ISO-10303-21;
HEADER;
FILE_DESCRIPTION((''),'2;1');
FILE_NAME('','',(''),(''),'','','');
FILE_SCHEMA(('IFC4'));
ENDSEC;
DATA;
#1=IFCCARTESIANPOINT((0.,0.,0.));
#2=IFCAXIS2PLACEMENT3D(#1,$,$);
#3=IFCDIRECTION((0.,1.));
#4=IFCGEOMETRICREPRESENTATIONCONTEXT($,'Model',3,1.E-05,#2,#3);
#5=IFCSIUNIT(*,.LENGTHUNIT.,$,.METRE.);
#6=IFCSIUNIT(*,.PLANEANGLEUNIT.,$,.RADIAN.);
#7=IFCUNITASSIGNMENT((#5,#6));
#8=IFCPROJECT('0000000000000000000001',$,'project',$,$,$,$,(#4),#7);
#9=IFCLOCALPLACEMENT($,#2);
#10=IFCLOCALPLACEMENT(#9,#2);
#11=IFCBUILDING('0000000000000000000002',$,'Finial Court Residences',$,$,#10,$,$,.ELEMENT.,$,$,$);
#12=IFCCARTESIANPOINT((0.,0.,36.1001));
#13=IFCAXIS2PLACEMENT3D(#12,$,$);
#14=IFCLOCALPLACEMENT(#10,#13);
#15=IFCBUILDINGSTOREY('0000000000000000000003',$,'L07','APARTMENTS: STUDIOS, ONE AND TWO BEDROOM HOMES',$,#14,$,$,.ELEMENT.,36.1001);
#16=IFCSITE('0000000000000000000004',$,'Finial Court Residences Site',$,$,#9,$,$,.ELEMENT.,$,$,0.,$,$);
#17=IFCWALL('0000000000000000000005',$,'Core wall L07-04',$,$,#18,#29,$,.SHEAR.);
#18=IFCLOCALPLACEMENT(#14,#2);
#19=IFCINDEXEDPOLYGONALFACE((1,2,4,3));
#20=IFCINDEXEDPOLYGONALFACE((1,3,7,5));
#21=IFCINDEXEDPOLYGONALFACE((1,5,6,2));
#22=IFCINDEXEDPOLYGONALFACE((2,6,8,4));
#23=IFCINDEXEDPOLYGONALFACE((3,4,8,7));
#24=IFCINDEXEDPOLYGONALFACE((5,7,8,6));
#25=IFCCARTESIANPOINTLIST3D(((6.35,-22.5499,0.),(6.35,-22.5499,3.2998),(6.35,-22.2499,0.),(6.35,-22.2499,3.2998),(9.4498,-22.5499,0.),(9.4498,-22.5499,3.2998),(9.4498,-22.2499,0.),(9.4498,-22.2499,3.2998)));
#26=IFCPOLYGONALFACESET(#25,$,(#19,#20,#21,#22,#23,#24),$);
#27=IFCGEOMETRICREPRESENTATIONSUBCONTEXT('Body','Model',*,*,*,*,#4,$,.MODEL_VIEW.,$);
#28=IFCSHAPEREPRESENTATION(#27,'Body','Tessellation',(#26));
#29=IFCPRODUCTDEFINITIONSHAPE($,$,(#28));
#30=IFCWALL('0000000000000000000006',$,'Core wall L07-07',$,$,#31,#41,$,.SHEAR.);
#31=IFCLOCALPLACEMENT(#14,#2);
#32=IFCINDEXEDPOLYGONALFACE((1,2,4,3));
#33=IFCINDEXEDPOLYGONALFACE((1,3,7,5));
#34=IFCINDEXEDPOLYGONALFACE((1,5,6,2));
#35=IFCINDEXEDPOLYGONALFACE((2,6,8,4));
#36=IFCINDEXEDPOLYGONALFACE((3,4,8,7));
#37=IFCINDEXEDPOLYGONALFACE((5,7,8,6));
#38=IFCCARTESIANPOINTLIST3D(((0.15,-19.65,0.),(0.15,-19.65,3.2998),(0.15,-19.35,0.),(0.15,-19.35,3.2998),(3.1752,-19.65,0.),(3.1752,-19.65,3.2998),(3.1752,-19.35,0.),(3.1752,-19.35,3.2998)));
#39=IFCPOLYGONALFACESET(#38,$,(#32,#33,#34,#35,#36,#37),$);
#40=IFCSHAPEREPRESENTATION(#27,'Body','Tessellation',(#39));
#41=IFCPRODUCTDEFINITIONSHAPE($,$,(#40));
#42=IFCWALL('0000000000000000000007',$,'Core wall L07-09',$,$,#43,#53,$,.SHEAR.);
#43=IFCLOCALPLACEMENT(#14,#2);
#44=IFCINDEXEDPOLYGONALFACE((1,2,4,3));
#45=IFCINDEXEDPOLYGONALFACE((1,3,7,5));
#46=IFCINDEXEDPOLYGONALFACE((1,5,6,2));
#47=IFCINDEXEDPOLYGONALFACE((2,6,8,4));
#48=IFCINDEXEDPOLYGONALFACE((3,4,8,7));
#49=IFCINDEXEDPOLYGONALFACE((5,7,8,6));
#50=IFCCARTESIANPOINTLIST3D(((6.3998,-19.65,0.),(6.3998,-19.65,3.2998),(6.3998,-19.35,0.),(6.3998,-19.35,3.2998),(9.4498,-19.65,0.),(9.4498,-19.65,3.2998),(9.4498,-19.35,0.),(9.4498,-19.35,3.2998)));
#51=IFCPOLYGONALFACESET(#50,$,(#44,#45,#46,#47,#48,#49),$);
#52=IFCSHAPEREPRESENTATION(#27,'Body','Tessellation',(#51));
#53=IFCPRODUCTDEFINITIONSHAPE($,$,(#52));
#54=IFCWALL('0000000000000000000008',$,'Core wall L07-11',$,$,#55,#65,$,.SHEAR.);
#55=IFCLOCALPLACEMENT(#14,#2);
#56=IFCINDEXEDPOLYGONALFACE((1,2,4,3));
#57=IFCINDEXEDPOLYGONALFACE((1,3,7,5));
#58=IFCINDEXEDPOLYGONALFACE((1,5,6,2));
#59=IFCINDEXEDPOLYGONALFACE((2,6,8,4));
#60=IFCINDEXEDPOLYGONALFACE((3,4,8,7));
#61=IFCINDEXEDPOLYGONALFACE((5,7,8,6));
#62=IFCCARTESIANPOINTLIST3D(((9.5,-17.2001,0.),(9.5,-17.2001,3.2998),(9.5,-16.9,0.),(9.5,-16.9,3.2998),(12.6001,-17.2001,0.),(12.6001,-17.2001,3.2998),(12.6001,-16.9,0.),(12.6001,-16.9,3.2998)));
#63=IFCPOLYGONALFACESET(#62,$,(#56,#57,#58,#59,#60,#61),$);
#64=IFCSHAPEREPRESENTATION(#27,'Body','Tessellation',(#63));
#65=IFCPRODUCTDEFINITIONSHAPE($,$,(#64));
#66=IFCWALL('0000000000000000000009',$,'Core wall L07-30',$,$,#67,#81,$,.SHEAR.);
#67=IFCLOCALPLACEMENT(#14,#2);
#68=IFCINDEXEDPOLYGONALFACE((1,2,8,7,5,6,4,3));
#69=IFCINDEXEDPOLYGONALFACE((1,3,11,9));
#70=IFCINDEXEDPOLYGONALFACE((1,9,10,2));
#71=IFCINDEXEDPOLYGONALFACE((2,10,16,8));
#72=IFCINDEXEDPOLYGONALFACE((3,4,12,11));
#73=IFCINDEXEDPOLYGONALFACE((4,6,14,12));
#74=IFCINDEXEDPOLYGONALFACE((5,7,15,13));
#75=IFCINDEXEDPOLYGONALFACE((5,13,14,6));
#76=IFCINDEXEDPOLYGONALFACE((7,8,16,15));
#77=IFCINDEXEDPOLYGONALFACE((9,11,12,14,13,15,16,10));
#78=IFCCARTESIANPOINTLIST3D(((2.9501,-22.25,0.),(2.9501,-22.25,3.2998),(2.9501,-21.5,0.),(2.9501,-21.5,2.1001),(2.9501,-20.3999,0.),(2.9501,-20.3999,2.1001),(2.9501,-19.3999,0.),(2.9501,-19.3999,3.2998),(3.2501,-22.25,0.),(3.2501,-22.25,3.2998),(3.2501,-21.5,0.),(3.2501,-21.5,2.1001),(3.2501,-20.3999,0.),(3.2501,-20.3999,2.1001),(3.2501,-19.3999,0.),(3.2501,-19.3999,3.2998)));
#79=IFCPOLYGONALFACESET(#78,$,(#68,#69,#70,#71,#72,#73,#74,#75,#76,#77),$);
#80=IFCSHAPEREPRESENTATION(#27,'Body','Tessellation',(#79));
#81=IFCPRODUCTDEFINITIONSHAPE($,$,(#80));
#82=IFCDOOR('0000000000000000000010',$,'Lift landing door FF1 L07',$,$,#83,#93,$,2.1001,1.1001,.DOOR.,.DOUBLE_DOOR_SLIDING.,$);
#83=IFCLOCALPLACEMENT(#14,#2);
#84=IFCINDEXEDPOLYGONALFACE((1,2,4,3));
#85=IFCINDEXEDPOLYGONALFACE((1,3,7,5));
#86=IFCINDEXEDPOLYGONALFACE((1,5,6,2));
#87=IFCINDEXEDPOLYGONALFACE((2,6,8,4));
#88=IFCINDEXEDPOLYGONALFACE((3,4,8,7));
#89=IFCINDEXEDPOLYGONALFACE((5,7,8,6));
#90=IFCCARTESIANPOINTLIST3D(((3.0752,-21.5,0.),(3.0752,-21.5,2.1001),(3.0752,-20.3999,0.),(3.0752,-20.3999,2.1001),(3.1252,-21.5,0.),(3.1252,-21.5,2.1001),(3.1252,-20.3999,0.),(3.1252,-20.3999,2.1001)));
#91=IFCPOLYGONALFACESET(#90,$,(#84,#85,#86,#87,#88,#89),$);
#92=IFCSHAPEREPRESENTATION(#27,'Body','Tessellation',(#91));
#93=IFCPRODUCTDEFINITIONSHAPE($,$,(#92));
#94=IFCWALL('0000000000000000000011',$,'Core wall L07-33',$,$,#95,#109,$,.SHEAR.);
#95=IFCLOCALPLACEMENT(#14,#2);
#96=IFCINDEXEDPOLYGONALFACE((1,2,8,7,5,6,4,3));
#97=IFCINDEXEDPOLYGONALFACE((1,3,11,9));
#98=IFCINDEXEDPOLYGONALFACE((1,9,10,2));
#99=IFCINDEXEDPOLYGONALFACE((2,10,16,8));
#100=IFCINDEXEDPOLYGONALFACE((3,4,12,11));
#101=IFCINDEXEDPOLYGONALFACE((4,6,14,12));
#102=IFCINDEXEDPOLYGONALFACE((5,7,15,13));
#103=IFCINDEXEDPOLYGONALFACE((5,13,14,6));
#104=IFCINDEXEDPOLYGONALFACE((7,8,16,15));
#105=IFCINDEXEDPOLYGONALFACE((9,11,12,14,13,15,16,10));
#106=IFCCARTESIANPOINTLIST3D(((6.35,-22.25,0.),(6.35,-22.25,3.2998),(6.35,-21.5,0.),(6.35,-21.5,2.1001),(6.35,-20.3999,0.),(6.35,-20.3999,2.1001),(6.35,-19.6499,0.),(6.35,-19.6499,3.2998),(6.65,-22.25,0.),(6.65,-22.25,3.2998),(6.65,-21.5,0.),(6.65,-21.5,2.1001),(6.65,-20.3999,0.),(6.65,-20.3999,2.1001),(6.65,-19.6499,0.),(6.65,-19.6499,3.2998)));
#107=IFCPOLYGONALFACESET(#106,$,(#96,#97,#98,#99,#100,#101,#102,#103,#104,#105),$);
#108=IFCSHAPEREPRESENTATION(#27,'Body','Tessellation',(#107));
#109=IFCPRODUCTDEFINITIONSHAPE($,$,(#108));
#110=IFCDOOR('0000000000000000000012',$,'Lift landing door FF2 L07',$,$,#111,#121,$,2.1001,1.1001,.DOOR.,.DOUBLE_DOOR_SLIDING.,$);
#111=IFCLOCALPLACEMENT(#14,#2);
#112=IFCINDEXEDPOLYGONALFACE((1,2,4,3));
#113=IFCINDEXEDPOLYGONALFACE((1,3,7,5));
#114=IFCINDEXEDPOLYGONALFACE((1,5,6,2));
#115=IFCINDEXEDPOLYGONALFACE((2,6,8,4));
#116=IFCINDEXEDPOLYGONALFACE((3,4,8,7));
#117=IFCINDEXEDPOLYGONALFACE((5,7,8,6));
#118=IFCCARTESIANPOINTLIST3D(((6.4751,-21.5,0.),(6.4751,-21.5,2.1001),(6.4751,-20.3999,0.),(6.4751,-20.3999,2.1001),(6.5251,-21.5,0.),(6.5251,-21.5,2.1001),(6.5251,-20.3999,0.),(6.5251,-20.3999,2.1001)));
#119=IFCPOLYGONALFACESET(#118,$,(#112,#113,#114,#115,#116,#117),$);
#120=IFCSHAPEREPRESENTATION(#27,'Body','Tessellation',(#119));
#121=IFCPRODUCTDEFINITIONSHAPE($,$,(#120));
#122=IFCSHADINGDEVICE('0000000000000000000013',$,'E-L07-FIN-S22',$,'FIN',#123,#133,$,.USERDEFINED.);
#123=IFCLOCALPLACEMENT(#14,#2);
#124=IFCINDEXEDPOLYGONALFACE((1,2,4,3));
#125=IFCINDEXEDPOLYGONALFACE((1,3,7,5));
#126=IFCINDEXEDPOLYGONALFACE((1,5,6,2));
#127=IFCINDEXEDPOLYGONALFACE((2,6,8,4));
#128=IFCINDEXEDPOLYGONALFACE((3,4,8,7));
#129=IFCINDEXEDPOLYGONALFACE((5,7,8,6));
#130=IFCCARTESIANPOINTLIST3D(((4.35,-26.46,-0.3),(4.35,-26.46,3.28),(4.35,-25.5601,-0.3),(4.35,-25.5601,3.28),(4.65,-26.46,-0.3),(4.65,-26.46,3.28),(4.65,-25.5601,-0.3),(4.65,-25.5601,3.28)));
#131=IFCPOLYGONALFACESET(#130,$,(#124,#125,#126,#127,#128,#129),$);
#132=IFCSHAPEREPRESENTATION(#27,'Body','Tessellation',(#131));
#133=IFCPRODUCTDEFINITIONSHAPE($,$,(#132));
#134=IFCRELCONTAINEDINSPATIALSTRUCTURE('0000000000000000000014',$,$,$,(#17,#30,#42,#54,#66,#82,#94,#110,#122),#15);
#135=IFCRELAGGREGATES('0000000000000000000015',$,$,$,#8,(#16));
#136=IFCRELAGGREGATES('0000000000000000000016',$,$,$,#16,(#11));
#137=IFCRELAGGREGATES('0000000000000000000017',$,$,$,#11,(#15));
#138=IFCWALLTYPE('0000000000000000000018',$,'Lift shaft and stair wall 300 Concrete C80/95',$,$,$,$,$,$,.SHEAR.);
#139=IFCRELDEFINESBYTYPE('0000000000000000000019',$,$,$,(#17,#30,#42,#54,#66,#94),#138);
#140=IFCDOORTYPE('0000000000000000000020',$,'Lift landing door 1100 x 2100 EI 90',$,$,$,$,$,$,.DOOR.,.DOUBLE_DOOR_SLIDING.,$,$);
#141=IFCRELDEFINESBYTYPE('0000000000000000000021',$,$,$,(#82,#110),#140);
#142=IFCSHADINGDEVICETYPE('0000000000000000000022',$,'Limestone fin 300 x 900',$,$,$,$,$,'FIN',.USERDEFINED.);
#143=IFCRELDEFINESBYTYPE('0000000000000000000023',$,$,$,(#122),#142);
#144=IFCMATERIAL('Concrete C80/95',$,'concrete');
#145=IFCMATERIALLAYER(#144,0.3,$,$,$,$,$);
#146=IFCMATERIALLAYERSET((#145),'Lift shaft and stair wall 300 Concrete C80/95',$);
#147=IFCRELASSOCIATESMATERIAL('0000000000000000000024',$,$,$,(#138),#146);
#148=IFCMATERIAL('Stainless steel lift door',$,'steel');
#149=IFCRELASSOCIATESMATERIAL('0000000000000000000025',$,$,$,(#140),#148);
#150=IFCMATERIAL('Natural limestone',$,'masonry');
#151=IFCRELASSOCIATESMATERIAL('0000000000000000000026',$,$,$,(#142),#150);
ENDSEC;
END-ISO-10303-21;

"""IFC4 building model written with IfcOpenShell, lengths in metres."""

from ifc_helpers import new_model, si_unit, direction, frame, frame_2d, origin, origin_2d, place, context, subcontext, project, spatial, rectangle, extrude, material, layer, layer_set, type_object, element, fill, save


model = new_model("IFC4")

# Units and contexts
model_context = context("Model", 3, precision=1e-05, world=origin(), true_north=direction((0.0, 1.0)))
body_context = subcontext(model_context, "Body", "Model", "MODEL_VIEW")
ifc_project = project(units=[si_unit("LENGTHUNIT", "METRE"), si_unit("PLANEANGLEUNIT", "RADIAN")], contexts=[model_context])

# Site, building, storey
site_placement = place(None, origin())
site = spatial("IfcSite", under=ifc_project, at=site_placement, Name="Finial Court Residences Site", CompositionType="ELEMENT", RefElevation=0.0)
building_placement = place(site_placement, origin())
building = spatial("IfcBuilding", under=site, at=building_placement, Name="Finial Court Residences", CompositionType="ELEMENT")
storey_placement = place(building_placement, frame((0.0, 0.0, 36.1001)))
storey = spatial("IfcBuildingStorey", under=building, at=storey_placement, Name="L07", Description="APARTMENTS: STUDIOS, ONE AND TWO BEDROOM HOMES", CompositionType="ELEMENT", Elevation=36.1001)

# Walls
ifc_material_1 = material(Name="Concrete C80/95", Category="concrete")
ifc_layer_1 = layer(ifc_material_1, 0.3)
ifc_layer_set_1 = layer_set([ifc_layer_1], Name="Lift shaft and stair wall 300 Concrete C80/95")
wall_type_1 = type_object("IfcWallType", Name="Lift shaft and stair wall 300 Concrete C80/95", PredefinedType="SHEAR", material=ifc_layer_set_1)
wall_1_placement = place(storey_placement, frame((6.3501, -22.3999, 0.0), z_axis=(0.0, 0.0, 1.0), x_axis=(1.0, 0.0, 0.0)))
element("IfcWall", 1, at=wall_1_placement, inside=storey, type_object=wall_type_1, Name="Core wall L07-04", PredefinedType="SHEAR", context=body_context, shape_type="SweptSolid", body=[
    extrude(rectangle(XDim=3.0999, YDim=0.3, at=frame_2d((1.5498, 0.0))), origin(), (0.0, 0.0, 1.0), 3.2998),
])
wall_2_placement = place(storey_placement, frame((0.1499, -19.5, 0.0), z_axis=(0.0, 0.0, 1.0), x_axis=(1.0, 0.0, 0.0)))
element("IfcWall", 2, at=wall_2_placement, inside=storey, type_object=wall_type_1, Name="Core wall L07-07", PredefinedType="SHEAR", context=body_context, shape_type="SweptSolid", body=[
    extrude(rectangle(XDim=3.0251, YDim=0.3, at=frame_2d((1.5127, 0.0))), origin(), (0.0, 0.0, 1.0), 3.2998),
])
wall_3_placement = place(storey_placement, frame((6.3999, -19.5, 0.0), z_axis=(0.0, 0.0, 1.0), x_axis=(1.0, 0.0, 0.0)))
element("IfcWall", 3, at=wall_3_placement, inside=storey, type_object=wall_type_1, Name="Core wall L07-09", PredefinedType="SHEAR", context=body_context, shape_type="SweptSolid", body=[
    extrude(rectangle(XDim=3.05, YDim=0.3, at=frame_2d((1.5249, 0.0))), origin(), (0.0, 0.0, 1.0), 3.2998),
])
wall_4_placement = place(storey_placement, frame((9.5, -17.05, 0.0), z_axis=(0.0, 0.0, 1.0), x_axis=(1.0, 0.0, 0.0)))
element("IfcWall", 4, at=wall_4_placement, inside=storey, type_object=wall_type_1, Name="Core wall L07-11", PredefinedType="SHEAR", context=body_context, shape_type="SweptSolid", body=[
    extrude(rectangle(XDim=3.1001, YDim=0.3, at=frame_2d((1.55, 0.0))), origin(), (0.0, 0.0, 1.0), 3.2998),
])

# Walls, openings, doors
wall_5_placement = place(storey_placement, frame((3.1001, -22.25, 0.0), z_axis=(0.0, 0.0, 1.0), x_axis=(0.0, 1.0, 0.0)))
wall_5 = element("IfcWall", 5, at=wall_5_placement, inside=storey, type_object=wall_type_1, Name="Core wall L07-30", PredefinedType="SHEAR", context=body_context, shape_type="SweptSolid", body=[
    extrude(rectangle(XDim=2.8501, YDim=0.3, at=frame_2d((1.425, 0.0))), origin(), (0.0, 0.0, 1.0), 3.2998),
])
opening_1_placement = place(wall_5_placement, frame((0.75, 0.0, 0.0)))
opening_1 = element("IfcOpeningElement", 6, at=opening_1_placement, cuts=wall_5, PredefinedType="OPENING", context=body_context, shape_type="SweptSolid", body=[
    extrude(rectangle(XDim=1.1001, YDim=2.1001, at=frame_2d((0.55, 1.05))), frame((0.0, 0.1599, 0.0), z_axis=(0.0, -1.0, 0.0), x_axis=(1.0, 0.0, 0.0)), (0.0, 0.0, 1.0), 0.3201),
])
ifc_material_2 = material(Name="Stainless steel lift door", Category="steel")
door_type_1 = type_object("IfcDoorType", Name="Lift landing door 1100 x 2100 EI 90", OperationType="DOUBLE_DOOR_SLIDING", PredefinedType="DOOR", material=ifc_material_2)
door_1_placement = place(opening_1_placement, origin())
door_1 = element("IfcDoor", 7, at=door_1_placement, inside=storey, type_object=door_type_1, Name="Lift landing door FF1 L07", OperationType="DOUBLE_DOOR_SLIDING", OverallHeight=2.1001, OverallWidth=1.1001, PredefinedType="DOOR", context=body_context, shape_type="SweptSolid", body=[
    extrude(rectangle(XDim=1.1001, YDim=2.1001, at=frame_2d((0.55, 1.05))), frame((0.0, 0.0249, 0.0), z_axis=(0.0, -1.0, 0.0), x_axis=(1.0, 0.0, 0.0)), (0.0, 0.0, 1.0), 0.05),
])
fill(opening_1, door_1)
wall_6_placement = place(storey_placement, frame((6.5, -22.25, 0.0), z_axis=(0.0, 0.0, 1.0), x_axis=(0.0, 1.0, 0.0)))
wall_6 = element("IfcWall", 8, at=wall_6_placement, inside=storey, type_object=wall_type_1, Name="Core wall L07-33", PredefinedType="SHEAR", context=body_context, shape_type="SweptSolid", body=[
    extrude(rectangle(XDim=2.6001, YDim=0.3, at=frame_2d((1.3, 0.0))), origin(), (0.0, 0.0, 1.0), 3.2998),
])
opening_2_placement = place(wall_6_placement, frame((0.75, 0.0, 0.0)))
opening_2 = element("IfcOpeningElement", 9, at=opening_2_placement, cuts=wall_6, PredefinedType="OPENING", context=body_context, shape_type="SweptSolid", body=[
    extrude(rectangle(XDim=1.1001, YDim=2.1001, at=frame_2d((0.55, 1.05))), frame((0.0, 0.1599, 0.0), z_axis=(0.0, -1.0, 0.0), x_axis=(1.0, 0.0, 0.0)), (0.0, 0.0, 1.0), 0.3201),
])
door_2_placement = place(opening_2_placement, origin())
door_2 = element("IfcDoor", 10, at=door_2_placement, inside=storey, type_object=door_type_1, Name="Lift landing door FF2 L07", OperationType="DOUBLE_DOOR_SLIDING", OverallHeight=2.1001, OverallWidth=1.1001, PredefinedType="DOOR", context=body_context, shape_type="SweptSolid", body=[
    extrude(rectangle(XDim=1.1001, YDim=2.1001, at=frame_2d((0.55, 1.05))), frame((0.0, 0.0249, 0.0), z_axis=(0.0, -1.0, 0.0), x_axis=(1.0, 0.0, 0.0)), (0.0, 0.0, 1.0), 0.05),
])
fill(opening_2, door_2)

# Shading device
ifc_material_3 = material(Name="Natural limestone", Category="masonry")
shading_device_type = type_object("IfcShadingDeviceType", Name="Limestone fin 300 x 900", ElementType="FIN", PredefinedType="USERDEFINED", material=ifc_material_3)
shading_device_placement = place(storey_placement, frame((4.5, -26.01, -0.3), z_axis=(0.0, 0.0, 1.0), x_axis=(1.0, 0.0, 0.0)))
element("IfcShadingDevice", 11, at=shading_device_placement, inside=storey, type_object=shading_device_type, Name="E-L07-FIN-S22", ObjectType="FIN", PredefinedType="USERDEFINED", context=body_context, shape_type="SweptSolid", body=[
    extrude(rectangle(XDim=0.3, YDim=0.8999, at=origin_2d()), origin(), (0.0, 0.0, 1.0), 3.5801),
])

save(model, "model.ifc")
